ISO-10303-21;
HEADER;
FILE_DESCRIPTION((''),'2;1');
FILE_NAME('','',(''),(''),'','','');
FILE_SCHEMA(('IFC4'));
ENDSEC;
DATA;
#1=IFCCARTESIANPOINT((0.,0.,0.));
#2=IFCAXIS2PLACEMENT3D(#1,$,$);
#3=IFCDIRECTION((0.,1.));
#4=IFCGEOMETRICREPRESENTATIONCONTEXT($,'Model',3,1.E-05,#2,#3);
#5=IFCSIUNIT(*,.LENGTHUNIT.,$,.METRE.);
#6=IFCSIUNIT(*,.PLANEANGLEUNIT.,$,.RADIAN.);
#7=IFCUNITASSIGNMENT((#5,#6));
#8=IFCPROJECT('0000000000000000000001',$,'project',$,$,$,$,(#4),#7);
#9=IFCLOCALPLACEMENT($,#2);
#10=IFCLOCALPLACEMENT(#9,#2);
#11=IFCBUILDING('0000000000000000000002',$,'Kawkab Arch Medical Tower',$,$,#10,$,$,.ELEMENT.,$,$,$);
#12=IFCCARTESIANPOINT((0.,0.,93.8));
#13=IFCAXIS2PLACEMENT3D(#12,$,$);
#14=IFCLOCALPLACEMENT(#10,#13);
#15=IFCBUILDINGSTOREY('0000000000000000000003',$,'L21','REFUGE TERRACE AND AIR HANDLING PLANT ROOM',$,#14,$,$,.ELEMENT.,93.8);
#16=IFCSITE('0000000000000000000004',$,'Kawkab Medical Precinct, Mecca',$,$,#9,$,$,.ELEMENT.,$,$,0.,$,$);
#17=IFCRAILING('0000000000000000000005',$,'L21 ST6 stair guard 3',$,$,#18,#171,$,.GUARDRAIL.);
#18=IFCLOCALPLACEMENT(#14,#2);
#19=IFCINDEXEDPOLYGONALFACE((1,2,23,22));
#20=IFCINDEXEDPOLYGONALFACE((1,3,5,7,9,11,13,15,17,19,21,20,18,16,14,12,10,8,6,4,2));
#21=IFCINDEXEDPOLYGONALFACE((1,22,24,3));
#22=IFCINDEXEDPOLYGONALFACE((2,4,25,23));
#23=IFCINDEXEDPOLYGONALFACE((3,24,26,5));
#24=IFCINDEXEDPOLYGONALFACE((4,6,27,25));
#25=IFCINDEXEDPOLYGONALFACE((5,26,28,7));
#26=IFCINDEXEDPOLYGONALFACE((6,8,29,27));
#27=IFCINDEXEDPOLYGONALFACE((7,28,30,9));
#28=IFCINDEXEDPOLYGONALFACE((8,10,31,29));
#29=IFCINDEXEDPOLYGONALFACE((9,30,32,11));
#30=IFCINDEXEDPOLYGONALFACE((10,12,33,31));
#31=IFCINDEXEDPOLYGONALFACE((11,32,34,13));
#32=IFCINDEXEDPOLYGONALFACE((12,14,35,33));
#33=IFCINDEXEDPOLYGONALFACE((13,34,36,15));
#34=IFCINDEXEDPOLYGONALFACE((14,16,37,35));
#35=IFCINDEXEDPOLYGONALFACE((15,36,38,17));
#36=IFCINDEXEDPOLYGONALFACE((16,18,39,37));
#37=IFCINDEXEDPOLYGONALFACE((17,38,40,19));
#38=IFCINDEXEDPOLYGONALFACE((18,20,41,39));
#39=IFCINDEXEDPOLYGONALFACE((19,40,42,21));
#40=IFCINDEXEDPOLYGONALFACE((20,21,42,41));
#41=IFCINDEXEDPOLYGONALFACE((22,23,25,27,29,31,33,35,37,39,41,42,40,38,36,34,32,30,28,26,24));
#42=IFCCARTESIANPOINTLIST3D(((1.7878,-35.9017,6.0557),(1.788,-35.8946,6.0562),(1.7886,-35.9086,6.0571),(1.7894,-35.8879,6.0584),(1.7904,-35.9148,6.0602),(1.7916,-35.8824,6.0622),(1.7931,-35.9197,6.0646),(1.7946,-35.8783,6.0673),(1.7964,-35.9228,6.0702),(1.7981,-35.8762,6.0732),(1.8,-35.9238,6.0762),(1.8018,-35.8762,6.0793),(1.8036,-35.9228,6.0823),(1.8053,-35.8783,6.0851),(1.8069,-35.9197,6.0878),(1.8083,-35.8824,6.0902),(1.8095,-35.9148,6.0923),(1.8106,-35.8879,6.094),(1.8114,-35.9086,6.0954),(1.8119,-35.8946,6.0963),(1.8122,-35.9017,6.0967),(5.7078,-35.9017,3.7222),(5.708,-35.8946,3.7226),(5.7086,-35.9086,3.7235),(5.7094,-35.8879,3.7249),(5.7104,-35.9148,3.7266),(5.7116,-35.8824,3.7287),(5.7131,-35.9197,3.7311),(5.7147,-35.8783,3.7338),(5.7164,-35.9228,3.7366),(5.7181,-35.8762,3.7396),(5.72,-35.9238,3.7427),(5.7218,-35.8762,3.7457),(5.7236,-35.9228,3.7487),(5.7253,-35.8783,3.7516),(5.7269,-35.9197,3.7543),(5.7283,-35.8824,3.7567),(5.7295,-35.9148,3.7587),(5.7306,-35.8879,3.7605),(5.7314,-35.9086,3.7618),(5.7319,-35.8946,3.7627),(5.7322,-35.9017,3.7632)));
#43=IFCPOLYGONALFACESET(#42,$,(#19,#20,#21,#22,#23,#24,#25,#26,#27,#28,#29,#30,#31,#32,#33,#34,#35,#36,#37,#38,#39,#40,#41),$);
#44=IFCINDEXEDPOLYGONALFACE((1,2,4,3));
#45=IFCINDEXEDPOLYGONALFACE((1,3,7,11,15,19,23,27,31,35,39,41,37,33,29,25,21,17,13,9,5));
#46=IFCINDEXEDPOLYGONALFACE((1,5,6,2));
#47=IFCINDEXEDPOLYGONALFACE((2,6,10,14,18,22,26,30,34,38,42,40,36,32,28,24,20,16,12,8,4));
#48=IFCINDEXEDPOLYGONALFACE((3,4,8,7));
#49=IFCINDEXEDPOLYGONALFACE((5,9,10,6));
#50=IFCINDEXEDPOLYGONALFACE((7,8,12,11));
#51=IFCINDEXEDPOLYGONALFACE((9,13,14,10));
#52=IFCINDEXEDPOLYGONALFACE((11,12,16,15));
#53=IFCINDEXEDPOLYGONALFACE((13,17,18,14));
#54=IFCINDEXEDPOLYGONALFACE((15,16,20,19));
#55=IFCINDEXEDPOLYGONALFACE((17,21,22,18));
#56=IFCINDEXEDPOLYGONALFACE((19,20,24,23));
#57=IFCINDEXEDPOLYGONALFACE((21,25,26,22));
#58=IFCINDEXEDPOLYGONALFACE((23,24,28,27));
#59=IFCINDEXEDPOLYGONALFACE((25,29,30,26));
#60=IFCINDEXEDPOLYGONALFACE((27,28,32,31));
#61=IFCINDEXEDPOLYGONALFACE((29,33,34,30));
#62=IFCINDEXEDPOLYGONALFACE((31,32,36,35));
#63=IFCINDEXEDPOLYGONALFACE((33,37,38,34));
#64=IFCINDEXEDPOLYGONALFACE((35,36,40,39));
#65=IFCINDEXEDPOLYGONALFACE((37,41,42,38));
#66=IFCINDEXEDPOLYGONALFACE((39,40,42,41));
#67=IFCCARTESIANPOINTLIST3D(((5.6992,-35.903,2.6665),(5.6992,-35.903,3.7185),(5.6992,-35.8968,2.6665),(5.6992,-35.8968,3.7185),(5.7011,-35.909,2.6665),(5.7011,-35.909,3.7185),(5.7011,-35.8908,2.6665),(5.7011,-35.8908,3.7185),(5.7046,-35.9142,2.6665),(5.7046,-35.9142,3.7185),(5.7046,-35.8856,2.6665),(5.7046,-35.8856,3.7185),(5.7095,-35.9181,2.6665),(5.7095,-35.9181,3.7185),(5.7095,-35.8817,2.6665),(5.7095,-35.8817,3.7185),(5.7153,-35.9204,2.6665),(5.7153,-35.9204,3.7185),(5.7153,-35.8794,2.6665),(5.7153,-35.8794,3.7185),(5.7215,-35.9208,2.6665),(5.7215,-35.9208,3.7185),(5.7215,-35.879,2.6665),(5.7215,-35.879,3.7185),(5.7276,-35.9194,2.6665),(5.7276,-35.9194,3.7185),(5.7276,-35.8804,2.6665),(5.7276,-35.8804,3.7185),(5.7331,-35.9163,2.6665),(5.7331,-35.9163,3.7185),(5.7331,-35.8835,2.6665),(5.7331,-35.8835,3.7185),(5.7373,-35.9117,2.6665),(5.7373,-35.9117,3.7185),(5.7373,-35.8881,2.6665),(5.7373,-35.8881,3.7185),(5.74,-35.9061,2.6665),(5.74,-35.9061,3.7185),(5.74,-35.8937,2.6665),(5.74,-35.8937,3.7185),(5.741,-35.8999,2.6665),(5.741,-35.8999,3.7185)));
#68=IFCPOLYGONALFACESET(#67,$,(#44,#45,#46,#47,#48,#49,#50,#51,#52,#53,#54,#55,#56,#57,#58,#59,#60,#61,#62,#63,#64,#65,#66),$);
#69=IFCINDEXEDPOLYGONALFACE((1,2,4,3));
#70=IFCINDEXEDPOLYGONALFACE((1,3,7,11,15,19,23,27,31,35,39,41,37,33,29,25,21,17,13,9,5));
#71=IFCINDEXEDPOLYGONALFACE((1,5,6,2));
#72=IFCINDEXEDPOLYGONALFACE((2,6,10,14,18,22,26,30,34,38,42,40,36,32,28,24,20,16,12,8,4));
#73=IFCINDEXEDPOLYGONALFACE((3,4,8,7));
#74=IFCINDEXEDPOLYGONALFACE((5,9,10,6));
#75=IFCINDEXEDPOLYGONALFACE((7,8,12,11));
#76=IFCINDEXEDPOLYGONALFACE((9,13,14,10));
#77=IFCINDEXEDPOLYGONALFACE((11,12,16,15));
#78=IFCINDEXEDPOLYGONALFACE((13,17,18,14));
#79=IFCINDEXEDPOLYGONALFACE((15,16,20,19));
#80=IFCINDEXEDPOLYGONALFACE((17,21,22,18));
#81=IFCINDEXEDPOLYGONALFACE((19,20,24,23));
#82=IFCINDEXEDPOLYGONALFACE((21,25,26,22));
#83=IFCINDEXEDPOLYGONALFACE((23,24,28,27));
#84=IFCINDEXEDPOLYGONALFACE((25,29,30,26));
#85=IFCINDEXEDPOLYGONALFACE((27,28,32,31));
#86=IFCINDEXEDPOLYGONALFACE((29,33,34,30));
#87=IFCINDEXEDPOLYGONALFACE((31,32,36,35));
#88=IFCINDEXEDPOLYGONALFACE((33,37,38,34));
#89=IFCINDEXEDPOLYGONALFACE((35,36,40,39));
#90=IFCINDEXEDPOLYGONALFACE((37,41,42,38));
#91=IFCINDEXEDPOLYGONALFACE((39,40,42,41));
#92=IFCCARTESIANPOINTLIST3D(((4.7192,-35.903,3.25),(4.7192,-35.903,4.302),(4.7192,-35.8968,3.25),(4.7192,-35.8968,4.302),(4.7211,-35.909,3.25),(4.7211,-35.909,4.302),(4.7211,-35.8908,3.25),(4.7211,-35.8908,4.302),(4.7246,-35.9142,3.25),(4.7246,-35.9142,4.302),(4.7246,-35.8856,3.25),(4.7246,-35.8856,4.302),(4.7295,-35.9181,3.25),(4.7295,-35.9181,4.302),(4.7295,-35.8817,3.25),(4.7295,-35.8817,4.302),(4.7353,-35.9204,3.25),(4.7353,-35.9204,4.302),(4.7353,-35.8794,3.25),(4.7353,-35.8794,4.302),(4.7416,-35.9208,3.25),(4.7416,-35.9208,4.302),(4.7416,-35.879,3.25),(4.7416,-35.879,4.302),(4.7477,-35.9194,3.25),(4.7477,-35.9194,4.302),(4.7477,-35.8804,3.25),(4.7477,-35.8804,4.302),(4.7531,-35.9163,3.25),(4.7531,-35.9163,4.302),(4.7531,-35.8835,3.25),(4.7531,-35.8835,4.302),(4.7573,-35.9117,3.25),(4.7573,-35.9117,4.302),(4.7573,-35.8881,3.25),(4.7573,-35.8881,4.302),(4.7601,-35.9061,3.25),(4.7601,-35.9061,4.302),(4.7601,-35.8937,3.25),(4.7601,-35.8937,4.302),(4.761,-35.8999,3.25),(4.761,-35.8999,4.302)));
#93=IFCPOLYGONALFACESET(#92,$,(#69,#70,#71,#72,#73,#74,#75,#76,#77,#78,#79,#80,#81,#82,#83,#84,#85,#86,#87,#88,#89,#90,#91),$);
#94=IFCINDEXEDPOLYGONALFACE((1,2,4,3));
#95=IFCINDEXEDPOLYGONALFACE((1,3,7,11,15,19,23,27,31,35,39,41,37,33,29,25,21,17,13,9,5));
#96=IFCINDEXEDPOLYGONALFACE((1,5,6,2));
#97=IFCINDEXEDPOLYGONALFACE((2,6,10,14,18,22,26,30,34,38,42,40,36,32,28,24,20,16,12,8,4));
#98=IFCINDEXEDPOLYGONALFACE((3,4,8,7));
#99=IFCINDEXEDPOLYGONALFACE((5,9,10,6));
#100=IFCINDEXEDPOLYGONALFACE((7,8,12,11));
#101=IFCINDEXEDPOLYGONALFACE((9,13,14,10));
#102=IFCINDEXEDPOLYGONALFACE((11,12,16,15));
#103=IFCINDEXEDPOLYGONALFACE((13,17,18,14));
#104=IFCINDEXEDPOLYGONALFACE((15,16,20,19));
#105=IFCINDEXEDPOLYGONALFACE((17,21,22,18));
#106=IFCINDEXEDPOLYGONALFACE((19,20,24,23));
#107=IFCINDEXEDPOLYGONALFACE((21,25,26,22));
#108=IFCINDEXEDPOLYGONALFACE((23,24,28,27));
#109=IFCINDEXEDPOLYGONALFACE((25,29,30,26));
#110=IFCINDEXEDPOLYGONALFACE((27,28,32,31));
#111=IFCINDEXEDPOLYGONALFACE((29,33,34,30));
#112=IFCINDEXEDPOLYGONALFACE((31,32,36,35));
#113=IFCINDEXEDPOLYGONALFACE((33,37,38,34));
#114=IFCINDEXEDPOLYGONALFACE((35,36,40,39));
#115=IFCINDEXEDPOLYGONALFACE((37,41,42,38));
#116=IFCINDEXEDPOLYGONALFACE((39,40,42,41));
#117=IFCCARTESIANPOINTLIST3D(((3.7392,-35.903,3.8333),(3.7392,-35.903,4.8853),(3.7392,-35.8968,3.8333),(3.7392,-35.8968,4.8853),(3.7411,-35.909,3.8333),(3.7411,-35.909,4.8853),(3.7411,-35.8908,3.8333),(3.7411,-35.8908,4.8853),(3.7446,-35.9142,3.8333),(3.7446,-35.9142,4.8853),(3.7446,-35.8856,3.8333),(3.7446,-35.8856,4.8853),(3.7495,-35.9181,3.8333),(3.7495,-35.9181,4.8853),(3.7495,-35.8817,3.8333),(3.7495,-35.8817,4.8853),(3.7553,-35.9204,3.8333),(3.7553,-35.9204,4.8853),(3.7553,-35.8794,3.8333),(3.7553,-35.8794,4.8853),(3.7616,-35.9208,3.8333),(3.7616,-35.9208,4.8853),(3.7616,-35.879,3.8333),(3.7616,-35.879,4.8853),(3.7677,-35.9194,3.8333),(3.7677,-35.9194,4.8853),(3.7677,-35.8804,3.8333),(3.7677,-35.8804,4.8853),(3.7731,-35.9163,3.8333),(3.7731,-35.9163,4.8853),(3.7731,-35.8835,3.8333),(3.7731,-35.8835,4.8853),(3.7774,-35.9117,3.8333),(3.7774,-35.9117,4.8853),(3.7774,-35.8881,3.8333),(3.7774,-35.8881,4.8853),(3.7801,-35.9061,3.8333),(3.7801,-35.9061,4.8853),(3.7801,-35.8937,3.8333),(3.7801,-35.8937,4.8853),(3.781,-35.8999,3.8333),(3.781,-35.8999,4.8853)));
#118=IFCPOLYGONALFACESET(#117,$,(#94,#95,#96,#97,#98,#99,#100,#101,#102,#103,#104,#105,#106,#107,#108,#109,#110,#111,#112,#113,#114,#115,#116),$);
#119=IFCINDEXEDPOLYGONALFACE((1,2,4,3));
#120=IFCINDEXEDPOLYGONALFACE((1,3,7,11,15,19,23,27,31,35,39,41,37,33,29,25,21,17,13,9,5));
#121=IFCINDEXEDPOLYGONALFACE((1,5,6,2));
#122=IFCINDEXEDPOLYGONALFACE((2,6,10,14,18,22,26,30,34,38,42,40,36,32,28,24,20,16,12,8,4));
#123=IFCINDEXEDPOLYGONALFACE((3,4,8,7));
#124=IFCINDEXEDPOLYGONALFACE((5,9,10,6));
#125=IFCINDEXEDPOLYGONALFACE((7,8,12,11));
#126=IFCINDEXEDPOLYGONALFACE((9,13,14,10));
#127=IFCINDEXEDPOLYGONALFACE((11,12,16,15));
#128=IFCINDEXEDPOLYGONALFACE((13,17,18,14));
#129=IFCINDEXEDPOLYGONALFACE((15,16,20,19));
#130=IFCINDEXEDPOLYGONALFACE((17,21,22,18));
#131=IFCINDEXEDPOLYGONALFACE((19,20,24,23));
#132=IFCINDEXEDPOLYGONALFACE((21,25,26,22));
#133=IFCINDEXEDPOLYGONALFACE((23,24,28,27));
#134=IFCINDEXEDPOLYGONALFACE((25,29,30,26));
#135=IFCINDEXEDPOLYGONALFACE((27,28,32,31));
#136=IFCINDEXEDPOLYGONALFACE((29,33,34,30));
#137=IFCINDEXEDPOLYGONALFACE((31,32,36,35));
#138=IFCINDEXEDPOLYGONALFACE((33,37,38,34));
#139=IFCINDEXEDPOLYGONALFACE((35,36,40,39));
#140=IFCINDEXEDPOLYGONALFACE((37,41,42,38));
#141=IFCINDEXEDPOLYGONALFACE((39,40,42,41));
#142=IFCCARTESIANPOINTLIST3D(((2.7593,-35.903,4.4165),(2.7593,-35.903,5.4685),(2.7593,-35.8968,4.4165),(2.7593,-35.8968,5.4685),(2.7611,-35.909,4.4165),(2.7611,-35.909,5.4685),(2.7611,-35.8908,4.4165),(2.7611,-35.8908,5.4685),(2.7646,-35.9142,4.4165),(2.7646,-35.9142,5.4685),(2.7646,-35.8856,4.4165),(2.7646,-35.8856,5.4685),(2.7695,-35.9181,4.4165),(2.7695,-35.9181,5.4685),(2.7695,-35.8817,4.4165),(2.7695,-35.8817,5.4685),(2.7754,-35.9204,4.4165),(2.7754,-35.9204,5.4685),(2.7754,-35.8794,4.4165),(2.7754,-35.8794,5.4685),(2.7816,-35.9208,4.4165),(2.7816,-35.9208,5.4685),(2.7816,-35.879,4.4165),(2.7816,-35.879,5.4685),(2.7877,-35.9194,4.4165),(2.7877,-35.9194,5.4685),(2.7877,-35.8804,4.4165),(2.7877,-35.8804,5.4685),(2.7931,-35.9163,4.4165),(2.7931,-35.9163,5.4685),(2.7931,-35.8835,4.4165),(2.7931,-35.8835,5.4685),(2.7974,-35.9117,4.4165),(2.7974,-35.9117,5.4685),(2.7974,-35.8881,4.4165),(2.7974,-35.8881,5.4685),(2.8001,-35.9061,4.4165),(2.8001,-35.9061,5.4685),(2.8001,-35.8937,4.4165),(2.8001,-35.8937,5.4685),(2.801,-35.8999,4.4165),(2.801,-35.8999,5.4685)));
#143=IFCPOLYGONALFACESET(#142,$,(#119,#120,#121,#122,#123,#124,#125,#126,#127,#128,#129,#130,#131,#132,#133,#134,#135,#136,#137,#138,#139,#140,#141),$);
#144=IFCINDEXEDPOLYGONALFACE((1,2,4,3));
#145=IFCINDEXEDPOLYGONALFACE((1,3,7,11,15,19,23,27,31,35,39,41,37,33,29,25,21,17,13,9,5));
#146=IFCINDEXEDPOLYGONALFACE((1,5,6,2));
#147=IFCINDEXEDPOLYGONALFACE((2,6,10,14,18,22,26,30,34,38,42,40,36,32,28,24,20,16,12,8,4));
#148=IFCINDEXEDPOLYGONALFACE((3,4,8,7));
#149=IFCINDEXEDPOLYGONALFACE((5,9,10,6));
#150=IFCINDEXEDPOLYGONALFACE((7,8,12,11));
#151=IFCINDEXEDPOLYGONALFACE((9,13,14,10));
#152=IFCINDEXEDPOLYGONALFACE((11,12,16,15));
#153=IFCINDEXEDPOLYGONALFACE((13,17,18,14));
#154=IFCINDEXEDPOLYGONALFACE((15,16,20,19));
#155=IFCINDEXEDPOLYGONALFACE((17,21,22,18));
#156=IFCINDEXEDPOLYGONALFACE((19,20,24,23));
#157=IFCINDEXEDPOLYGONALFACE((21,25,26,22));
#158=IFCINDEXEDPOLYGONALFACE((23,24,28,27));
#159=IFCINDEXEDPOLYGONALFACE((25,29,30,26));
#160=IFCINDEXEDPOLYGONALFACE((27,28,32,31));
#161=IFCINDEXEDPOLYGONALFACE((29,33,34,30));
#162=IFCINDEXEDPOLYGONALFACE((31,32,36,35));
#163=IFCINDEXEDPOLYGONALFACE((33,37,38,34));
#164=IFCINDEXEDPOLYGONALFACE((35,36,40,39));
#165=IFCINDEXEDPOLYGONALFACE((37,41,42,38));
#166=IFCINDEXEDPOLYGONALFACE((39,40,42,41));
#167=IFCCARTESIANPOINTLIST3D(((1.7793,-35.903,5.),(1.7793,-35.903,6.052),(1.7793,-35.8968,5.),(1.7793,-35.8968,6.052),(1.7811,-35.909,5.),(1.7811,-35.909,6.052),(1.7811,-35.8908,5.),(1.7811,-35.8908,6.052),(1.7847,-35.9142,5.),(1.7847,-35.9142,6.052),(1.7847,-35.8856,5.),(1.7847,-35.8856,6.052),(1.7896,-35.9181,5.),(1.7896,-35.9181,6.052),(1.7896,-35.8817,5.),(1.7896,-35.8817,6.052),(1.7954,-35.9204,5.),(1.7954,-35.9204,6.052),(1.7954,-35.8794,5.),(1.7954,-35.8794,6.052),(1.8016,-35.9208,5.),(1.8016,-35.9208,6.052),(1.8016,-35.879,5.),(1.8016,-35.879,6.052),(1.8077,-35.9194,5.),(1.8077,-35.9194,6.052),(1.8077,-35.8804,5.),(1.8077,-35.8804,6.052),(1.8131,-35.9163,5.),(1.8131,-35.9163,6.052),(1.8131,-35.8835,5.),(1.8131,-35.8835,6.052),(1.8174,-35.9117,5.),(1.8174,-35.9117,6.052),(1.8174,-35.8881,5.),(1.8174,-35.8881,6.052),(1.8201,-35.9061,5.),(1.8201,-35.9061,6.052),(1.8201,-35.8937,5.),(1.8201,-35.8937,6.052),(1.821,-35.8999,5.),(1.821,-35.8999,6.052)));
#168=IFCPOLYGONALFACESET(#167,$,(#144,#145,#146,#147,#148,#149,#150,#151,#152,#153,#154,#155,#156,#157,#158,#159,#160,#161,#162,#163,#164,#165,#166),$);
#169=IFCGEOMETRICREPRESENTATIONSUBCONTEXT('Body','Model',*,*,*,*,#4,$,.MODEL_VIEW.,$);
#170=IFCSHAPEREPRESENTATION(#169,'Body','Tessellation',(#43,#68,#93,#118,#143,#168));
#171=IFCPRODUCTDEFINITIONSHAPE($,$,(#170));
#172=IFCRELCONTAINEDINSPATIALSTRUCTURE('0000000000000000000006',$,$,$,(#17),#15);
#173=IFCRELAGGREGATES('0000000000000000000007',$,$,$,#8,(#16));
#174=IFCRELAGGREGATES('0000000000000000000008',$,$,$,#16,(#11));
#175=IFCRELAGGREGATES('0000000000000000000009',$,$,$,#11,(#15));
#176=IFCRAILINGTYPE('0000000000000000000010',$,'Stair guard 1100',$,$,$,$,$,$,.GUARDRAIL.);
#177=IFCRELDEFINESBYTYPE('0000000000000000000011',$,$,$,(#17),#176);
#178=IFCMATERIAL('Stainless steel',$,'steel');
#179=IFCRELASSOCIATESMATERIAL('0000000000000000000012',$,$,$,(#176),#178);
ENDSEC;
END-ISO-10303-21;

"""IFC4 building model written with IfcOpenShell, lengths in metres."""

from ifc_helpers import new_model, si_unit, direction, frame, origin, origin_2d, place, context, subcontext, project, spatial, circle, extrude, material, type_object, element, save


model = new_model("IFC4")

# Units and contexts
model_context = context("Model", 3, precision=1e-05, world=origin(), true_north=direction((0.0, 1.0)))
body_context = subcontext(model_context, "Body", "Model", "MODEL_VIEW")
ifc_project = project(units=[si_unit("LENGTHUNIT", "METRE"), si_unit("PLANEANGLEUNIT", "RADIAN")], contexts=[model_context])

# Site, building, storey
site_placement = place(None, origin())
site = spatial("IfcSite", under=ifc_project, at=site_placement, Name="Kawkab Medical Precinct, Mecca", CompositionType="ELEMENT", RefElevation=0.0)
building_placement = place(site_placement, origin())
building = spatial("IfcBuilding", under=site, at=building_placement, Name="Kawkab Arch Medical Tower", CompositionType="ELEMENT")
storey_placement = place(building_placement, frame((0.0, 0.0, 93.8)))
storey = spatial("IfcBuildingStorey", under=building, at=storey_placement, Name="L21", Description="REFUGE TERRACE AND AIR HANDLING PLANT ROOM", CompositionType="ELEMENT", Elevation=93.8)

# Railing
ifc_material_1 = material(Name="Stainless steel", Category="steel")
railing_type = type_object("IfcRailingType", Name="Stair guard 1100", PredefinedType="GUARDRAIL", material=ifc_material_1)
railing_1_placement = place(storey_placement, frame((5.72, -35.8999, 2.6665)))
element("IfcRailing", 1, at=railing_1_placement, inside=storey, type_object=railing_type, Name="L21 ST6 stair guard 3", PredefinedType="GUARDRAIL", context=body_context, shape_type="SweptSolid", body=[
    extrude(circle(Radius=0.0239, at=origin_2d()), frame((0.0, 0.0, 1.0762), z_axis=(-0.859273, 0.0, 0.511518), x_axis=(0.0, -1.0, 0.0)), (0.0, 0.0, 1.0), 4.562),
    extrude(circle(Radius=0.021, at=origin_2d()), origin(), (0.0, 0.0, 1.0), 1.052),
    extrude(circle(Radius=0.021, at=origin_2d()), frame((-0.98, 0.0, 0.5835)), (0.0, 0.0, 1.0), 1.052),
    extrude(circle(Radius=0.021, at=origin_2d()), frame((-1.96, 0.0, 1.1667)), (0.0, 0.0, 1.0), 1.052),
    extrude(circle(Radius=0.021, at=origin_2d()), frame((-2.9399, 0.0, 1.75)), (0.0, 0.0, 1.0), 1.052),
    extrude(circle(Radius=0.021, at=origin_2d()), frame((-3.9199, 0.0, 2.3335)), (0.0, 0.0, 1.0), 1.052),
])

save(model, "model.ifc")
